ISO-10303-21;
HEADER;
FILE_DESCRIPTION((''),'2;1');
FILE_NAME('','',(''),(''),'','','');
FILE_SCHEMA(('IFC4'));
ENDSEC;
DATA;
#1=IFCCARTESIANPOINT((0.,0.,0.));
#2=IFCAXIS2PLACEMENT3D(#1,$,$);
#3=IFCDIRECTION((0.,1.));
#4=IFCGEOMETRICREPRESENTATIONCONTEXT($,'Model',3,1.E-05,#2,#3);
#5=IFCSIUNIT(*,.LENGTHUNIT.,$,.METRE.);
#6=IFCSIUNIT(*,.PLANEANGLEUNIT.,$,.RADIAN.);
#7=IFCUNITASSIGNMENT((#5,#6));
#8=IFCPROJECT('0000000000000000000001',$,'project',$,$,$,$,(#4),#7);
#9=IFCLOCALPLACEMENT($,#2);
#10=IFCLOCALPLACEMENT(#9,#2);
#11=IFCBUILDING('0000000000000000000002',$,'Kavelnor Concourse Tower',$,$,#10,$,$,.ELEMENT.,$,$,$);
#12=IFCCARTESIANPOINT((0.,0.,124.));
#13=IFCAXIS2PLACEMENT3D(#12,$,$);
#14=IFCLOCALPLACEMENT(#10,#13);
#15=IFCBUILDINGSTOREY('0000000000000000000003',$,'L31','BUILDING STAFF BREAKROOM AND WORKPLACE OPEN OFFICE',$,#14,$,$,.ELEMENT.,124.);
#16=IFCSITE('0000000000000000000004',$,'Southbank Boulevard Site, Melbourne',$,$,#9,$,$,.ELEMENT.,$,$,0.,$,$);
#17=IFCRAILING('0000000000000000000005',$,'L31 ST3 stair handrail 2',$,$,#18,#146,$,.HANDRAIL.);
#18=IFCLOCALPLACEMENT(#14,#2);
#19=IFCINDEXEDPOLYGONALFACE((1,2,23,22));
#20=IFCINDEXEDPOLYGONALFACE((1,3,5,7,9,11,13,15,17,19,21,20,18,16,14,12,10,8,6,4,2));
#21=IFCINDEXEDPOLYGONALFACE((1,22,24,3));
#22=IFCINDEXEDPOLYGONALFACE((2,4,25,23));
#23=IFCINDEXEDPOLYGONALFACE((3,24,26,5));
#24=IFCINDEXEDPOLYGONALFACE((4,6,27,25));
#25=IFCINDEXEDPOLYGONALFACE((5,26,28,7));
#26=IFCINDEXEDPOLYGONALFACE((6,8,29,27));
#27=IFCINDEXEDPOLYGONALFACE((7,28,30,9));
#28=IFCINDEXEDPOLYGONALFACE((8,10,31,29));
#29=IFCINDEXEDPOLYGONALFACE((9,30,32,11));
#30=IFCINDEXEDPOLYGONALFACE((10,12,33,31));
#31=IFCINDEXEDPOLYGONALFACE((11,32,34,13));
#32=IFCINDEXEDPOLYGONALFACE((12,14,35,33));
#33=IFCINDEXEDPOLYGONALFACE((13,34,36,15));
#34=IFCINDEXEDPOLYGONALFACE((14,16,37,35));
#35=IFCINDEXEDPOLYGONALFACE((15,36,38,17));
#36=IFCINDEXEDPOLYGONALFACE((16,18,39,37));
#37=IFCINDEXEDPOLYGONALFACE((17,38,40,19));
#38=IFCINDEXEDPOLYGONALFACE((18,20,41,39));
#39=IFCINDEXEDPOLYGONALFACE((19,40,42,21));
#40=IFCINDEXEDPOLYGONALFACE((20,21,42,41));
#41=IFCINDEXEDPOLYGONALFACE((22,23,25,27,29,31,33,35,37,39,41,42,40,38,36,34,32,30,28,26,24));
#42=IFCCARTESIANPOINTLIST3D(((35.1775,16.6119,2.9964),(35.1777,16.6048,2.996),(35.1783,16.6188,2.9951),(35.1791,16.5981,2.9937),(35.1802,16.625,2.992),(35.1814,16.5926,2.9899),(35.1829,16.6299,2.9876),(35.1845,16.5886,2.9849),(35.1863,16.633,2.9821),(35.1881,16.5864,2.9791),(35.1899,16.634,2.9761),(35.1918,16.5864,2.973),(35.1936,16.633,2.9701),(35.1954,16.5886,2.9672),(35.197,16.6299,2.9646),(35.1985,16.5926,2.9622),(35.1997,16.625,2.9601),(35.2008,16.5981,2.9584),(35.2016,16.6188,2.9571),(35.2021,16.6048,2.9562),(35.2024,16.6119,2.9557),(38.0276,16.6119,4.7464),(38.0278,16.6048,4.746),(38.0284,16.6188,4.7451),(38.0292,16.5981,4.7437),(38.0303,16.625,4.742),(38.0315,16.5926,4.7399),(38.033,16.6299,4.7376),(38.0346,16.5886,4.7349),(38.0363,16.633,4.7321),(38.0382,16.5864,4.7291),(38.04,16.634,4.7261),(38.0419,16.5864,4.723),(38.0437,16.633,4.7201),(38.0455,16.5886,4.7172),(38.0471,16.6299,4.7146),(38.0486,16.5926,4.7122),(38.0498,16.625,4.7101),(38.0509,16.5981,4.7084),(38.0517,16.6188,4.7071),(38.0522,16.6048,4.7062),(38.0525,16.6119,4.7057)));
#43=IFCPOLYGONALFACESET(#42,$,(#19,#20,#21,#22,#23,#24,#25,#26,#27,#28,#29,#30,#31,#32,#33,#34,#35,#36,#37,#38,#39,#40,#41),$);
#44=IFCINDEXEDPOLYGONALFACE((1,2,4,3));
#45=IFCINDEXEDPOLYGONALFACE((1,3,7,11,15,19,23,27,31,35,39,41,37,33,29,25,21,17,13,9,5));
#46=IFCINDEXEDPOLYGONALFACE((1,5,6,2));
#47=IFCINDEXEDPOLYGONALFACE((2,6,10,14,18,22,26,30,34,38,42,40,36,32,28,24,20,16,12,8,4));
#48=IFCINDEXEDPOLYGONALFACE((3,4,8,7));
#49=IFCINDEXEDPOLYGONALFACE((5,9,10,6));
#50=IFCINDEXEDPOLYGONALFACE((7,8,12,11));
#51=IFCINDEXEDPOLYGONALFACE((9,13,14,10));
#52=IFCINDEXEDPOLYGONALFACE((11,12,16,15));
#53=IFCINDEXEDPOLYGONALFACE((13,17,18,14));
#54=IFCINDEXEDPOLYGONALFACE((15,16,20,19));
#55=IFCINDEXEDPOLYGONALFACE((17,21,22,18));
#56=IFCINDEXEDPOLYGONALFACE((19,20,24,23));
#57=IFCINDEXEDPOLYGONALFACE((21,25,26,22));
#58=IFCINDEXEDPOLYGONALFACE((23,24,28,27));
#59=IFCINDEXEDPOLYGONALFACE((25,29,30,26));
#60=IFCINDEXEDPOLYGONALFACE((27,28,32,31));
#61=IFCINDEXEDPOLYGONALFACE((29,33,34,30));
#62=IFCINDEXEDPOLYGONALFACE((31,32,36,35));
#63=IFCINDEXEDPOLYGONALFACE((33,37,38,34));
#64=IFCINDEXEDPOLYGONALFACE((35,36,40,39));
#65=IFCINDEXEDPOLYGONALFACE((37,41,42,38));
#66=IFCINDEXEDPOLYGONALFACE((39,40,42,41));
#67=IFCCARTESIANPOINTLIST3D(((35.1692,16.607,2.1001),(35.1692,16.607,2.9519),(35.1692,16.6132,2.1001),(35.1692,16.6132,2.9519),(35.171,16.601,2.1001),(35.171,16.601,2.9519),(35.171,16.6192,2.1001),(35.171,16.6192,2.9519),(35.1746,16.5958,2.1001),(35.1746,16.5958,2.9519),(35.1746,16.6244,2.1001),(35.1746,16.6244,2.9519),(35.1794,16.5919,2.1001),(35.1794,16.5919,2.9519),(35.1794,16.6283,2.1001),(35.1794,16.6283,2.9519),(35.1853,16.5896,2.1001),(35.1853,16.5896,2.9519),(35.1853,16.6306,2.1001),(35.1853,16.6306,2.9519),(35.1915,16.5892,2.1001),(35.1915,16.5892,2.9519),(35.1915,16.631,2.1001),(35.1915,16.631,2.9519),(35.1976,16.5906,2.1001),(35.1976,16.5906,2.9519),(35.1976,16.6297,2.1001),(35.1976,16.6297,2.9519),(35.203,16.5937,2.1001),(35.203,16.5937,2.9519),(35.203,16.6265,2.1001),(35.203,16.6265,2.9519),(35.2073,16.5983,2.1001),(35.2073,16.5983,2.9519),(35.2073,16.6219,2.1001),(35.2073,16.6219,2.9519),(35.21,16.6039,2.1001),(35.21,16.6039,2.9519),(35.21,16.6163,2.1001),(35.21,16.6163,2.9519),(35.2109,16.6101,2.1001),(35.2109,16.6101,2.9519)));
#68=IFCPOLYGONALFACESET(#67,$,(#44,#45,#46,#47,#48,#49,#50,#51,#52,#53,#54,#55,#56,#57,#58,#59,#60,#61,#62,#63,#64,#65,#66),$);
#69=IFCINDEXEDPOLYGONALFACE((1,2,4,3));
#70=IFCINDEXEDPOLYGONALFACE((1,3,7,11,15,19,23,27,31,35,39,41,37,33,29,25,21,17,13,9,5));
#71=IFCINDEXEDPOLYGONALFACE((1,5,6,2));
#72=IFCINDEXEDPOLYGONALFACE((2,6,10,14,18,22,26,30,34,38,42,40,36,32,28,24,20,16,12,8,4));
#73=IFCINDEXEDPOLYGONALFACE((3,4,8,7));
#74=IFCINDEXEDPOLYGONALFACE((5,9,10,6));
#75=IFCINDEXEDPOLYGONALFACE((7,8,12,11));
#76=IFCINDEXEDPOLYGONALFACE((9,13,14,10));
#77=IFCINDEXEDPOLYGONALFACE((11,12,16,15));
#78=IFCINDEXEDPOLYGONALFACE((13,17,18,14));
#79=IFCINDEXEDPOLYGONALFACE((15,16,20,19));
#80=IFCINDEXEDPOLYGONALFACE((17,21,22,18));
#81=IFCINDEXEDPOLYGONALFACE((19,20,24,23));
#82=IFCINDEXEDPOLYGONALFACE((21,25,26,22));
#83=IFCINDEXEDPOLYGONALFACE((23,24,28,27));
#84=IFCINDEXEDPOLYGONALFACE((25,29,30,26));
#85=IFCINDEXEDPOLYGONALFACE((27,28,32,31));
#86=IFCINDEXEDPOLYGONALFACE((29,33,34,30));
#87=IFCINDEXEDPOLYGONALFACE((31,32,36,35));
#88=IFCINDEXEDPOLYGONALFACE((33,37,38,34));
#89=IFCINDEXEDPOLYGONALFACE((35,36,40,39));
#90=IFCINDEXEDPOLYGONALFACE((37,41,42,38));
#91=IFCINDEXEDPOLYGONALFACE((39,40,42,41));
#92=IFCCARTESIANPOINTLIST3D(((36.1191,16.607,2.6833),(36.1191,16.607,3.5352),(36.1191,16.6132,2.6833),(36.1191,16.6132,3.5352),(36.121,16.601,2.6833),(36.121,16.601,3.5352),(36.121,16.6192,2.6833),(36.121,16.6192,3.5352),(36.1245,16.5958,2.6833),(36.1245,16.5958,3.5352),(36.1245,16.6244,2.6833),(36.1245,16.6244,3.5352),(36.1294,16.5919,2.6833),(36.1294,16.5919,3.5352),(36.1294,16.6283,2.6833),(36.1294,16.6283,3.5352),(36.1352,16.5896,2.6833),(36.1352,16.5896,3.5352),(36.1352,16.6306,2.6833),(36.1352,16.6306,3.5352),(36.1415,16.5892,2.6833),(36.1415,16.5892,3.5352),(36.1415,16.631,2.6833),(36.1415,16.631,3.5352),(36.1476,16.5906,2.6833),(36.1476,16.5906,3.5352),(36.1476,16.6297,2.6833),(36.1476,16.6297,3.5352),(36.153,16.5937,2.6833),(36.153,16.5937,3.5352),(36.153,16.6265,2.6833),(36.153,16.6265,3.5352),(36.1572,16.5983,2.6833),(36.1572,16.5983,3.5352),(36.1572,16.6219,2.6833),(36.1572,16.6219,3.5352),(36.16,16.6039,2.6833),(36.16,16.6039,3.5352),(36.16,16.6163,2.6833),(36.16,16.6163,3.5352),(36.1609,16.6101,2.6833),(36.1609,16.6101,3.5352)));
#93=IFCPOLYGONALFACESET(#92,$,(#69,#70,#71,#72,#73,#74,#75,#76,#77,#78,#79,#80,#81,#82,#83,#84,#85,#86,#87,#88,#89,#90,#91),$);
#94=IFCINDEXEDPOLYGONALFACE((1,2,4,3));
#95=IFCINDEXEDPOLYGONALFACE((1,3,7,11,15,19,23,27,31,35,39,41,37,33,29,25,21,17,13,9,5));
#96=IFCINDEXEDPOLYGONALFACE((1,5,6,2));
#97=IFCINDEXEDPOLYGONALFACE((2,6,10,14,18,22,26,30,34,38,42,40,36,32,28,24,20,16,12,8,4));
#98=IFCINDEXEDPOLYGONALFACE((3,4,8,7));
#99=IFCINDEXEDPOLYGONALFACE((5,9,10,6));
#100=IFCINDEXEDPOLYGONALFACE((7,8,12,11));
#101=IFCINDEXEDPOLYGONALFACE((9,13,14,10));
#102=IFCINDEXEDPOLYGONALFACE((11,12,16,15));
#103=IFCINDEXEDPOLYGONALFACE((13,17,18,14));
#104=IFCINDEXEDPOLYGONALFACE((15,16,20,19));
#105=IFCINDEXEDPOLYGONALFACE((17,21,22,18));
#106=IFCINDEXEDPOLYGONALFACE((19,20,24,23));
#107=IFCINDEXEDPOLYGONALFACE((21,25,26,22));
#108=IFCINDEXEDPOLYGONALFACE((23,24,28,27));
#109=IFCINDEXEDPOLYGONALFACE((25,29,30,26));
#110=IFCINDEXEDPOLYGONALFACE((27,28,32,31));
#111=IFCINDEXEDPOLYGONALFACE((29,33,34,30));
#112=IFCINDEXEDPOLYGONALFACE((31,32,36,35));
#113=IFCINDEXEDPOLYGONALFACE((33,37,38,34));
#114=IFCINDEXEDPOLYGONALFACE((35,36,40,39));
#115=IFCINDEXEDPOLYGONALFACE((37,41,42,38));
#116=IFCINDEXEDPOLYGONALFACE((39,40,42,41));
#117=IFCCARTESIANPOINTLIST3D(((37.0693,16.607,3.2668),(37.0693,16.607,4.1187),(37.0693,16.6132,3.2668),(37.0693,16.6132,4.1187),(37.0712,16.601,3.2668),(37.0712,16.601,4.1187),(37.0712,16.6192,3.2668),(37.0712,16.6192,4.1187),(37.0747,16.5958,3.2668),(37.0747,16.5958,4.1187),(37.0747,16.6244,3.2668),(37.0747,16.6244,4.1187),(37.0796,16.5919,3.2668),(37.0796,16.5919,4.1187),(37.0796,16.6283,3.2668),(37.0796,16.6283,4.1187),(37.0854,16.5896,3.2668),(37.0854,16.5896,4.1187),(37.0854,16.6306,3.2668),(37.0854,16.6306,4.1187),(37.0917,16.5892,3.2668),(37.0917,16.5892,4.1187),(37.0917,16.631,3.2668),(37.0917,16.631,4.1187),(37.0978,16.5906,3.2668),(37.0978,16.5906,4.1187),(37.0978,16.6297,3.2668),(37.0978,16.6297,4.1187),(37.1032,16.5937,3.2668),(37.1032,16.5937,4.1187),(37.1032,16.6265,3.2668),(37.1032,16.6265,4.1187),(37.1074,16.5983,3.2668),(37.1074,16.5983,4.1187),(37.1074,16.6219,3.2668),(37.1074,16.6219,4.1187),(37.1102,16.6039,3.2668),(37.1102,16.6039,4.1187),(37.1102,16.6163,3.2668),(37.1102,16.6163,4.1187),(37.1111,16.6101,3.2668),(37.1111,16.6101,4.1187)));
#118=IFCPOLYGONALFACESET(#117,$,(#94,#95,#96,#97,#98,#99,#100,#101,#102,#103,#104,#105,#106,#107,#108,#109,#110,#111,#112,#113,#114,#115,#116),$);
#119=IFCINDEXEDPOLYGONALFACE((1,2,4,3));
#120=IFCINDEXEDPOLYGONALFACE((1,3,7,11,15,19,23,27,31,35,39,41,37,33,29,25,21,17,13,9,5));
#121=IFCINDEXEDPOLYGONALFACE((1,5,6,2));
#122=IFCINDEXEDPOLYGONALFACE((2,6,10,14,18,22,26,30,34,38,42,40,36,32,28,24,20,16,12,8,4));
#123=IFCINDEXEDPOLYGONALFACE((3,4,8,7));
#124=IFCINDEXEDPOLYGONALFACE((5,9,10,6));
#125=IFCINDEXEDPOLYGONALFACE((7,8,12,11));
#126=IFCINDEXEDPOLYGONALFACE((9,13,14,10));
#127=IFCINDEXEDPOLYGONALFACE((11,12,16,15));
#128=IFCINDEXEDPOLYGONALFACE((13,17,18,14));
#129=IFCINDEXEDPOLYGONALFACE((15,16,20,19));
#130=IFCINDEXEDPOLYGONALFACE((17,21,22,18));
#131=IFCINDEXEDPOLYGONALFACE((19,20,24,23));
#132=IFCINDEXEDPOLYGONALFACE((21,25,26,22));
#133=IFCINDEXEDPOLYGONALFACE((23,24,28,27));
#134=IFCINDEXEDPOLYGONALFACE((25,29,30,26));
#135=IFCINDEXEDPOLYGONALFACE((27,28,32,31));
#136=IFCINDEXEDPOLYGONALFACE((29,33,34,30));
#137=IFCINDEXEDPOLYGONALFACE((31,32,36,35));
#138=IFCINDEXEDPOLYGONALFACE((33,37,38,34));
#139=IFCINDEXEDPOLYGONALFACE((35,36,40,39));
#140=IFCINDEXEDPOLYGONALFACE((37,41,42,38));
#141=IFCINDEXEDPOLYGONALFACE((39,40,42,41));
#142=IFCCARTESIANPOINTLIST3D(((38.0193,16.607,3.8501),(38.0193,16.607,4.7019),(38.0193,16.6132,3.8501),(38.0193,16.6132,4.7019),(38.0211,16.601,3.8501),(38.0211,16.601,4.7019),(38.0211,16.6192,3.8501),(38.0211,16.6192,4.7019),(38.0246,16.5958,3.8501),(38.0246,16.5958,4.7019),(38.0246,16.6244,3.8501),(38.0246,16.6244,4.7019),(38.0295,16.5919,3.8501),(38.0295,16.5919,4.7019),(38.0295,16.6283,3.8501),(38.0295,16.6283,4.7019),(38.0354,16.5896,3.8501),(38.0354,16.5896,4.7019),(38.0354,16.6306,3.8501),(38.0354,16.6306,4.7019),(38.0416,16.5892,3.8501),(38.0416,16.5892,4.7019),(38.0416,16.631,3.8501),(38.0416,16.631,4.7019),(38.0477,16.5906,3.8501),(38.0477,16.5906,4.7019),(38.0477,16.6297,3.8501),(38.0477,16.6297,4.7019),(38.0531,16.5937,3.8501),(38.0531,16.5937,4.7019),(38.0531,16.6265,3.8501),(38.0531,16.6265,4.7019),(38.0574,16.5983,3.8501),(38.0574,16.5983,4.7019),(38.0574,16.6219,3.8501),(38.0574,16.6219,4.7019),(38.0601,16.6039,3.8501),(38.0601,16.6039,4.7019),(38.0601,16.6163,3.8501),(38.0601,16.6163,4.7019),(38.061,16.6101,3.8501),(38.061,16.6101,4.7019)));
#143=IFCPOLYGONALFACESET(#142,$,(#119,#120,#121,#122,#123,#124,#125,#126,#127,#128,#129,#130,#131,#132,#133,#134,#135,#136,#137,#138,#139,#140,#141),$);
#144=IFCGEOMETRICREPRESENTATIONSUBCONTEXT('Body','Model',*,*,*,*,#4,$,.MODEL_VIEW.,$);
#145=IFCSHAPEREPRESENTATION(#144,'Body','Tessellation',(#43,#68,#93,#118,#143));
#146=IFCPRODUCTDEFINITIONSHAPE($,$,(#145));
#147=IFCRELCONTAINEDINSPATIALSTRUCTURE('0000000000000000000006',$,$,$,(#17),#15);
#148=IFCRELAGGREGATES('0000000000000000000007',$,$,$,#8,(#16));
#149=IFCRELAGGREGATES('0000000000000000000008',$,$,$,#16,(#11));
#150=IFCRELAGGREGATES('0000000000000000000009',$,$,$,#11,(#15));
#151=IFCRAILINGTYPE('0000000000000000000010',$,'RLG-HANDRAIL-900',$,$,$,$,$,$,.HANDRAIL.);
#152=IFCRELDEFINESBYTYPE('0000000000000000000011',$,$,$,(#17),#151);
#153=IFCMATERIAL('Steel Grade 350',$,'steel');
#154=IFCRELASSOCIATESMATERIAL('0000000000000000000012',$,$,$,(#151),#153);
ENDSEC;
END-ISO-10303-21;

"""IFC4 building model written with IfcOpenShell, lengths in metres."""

from ifc_helpers import new_model, si_unit, direction, frame, origin, origin_2d, place, context, subcontext, project, spatial, circle, extrude, material, type_object, element, save


model = new_model("IFC4")

# Units and contexts
model_context = context("Model", 3, precision=1e-05, world=origin(), true_north=direction((0.0, 1.0)))
body_context = subcontext(model_context, "Body", "Model", "MODEL_VIEW")
ifc_project = project(units=[si_unit("LENGTHUNIT", "METRE"), si_unit("PLANEANGLEUNIT", "RADIAN")], contexts=[model_context])

# Site, building, storey
site_placement = place(None, origin())
site = spatial("IfcSite", under=ifc_project, at=site_placement, Name="Southbank Boulevard Site, Melbourne", CompositionType="ELEMENT", RefElevation=0.0)
building_placement = place(site_placement, origin())
building = spatial("IfcBuilding", under=site, at=building_placement, Name="Kavelnor Concourse Tower", CompositionType="ELEMENT")
storey_placement = place(building_placement, frame((0.0, 0.0, 124.0)))
storey = spatial("IfcBuildingStorey", under=building, at=storey_placement, Name="L31", Description="BUILDING STAFF BREAKROOM AND WORKPLACE OPEN OFFICE", CompositionType="ELEMENT", Elevation=124.0)

# Shared definitions
ifc_material_1 = material(Name="Steel Grade 350", Category="steel")

# Railing
railing_type = type_object("IfcRailingType", Name="RLG-HANDRAIL-900", PredefinedType="HANDRAIL", material=ifc_material_1)
railing_1_placement = place(storey_placement, frame((35.1899, 16.6101, 2.1001)))
element("IfcRailing", 1, at=railing_1_placement, inside=storey, type_object=railing_type, Name="L31 ST3 stair handrail 2", PredefinedType="HANDRAIL", context=body_context, shape_type="SweptSolid", body=[
    extrude(circle(Radius=0.0239, at=origin_2d()), frame((0.0, 0.0, 0.876), z_axis=(0.852179, 0.0, 0.52325), x_axis=(0.0, 1.0, 0.0)), (0.0, 0.0, 1.0), 3.3445),
    extrude(circle(Radius=0.021, at=origin_2d()), origin(), (0.0, 0.0, 1.0), 0.8518),
    extrude(circle(Radius=0.021, at=origin_2d()), frame((0.95, 0.0, 0.5833)), (0.0, 0.0, 1.0), 0.8518),
    extrude(circle(Radius=0.021, at=origin_2d()), frame((1.9001, 0.0, 1.1667)), (0.0, 0.0, 1.0), 0.8518),
    extrude(circle(Radius=0.021, at=origin_2d()), frame((2.8501, 0.0, 1.75)), (0.0, 0.0, 1.0), 0.8518),
])

save(model, "model.ifc")
